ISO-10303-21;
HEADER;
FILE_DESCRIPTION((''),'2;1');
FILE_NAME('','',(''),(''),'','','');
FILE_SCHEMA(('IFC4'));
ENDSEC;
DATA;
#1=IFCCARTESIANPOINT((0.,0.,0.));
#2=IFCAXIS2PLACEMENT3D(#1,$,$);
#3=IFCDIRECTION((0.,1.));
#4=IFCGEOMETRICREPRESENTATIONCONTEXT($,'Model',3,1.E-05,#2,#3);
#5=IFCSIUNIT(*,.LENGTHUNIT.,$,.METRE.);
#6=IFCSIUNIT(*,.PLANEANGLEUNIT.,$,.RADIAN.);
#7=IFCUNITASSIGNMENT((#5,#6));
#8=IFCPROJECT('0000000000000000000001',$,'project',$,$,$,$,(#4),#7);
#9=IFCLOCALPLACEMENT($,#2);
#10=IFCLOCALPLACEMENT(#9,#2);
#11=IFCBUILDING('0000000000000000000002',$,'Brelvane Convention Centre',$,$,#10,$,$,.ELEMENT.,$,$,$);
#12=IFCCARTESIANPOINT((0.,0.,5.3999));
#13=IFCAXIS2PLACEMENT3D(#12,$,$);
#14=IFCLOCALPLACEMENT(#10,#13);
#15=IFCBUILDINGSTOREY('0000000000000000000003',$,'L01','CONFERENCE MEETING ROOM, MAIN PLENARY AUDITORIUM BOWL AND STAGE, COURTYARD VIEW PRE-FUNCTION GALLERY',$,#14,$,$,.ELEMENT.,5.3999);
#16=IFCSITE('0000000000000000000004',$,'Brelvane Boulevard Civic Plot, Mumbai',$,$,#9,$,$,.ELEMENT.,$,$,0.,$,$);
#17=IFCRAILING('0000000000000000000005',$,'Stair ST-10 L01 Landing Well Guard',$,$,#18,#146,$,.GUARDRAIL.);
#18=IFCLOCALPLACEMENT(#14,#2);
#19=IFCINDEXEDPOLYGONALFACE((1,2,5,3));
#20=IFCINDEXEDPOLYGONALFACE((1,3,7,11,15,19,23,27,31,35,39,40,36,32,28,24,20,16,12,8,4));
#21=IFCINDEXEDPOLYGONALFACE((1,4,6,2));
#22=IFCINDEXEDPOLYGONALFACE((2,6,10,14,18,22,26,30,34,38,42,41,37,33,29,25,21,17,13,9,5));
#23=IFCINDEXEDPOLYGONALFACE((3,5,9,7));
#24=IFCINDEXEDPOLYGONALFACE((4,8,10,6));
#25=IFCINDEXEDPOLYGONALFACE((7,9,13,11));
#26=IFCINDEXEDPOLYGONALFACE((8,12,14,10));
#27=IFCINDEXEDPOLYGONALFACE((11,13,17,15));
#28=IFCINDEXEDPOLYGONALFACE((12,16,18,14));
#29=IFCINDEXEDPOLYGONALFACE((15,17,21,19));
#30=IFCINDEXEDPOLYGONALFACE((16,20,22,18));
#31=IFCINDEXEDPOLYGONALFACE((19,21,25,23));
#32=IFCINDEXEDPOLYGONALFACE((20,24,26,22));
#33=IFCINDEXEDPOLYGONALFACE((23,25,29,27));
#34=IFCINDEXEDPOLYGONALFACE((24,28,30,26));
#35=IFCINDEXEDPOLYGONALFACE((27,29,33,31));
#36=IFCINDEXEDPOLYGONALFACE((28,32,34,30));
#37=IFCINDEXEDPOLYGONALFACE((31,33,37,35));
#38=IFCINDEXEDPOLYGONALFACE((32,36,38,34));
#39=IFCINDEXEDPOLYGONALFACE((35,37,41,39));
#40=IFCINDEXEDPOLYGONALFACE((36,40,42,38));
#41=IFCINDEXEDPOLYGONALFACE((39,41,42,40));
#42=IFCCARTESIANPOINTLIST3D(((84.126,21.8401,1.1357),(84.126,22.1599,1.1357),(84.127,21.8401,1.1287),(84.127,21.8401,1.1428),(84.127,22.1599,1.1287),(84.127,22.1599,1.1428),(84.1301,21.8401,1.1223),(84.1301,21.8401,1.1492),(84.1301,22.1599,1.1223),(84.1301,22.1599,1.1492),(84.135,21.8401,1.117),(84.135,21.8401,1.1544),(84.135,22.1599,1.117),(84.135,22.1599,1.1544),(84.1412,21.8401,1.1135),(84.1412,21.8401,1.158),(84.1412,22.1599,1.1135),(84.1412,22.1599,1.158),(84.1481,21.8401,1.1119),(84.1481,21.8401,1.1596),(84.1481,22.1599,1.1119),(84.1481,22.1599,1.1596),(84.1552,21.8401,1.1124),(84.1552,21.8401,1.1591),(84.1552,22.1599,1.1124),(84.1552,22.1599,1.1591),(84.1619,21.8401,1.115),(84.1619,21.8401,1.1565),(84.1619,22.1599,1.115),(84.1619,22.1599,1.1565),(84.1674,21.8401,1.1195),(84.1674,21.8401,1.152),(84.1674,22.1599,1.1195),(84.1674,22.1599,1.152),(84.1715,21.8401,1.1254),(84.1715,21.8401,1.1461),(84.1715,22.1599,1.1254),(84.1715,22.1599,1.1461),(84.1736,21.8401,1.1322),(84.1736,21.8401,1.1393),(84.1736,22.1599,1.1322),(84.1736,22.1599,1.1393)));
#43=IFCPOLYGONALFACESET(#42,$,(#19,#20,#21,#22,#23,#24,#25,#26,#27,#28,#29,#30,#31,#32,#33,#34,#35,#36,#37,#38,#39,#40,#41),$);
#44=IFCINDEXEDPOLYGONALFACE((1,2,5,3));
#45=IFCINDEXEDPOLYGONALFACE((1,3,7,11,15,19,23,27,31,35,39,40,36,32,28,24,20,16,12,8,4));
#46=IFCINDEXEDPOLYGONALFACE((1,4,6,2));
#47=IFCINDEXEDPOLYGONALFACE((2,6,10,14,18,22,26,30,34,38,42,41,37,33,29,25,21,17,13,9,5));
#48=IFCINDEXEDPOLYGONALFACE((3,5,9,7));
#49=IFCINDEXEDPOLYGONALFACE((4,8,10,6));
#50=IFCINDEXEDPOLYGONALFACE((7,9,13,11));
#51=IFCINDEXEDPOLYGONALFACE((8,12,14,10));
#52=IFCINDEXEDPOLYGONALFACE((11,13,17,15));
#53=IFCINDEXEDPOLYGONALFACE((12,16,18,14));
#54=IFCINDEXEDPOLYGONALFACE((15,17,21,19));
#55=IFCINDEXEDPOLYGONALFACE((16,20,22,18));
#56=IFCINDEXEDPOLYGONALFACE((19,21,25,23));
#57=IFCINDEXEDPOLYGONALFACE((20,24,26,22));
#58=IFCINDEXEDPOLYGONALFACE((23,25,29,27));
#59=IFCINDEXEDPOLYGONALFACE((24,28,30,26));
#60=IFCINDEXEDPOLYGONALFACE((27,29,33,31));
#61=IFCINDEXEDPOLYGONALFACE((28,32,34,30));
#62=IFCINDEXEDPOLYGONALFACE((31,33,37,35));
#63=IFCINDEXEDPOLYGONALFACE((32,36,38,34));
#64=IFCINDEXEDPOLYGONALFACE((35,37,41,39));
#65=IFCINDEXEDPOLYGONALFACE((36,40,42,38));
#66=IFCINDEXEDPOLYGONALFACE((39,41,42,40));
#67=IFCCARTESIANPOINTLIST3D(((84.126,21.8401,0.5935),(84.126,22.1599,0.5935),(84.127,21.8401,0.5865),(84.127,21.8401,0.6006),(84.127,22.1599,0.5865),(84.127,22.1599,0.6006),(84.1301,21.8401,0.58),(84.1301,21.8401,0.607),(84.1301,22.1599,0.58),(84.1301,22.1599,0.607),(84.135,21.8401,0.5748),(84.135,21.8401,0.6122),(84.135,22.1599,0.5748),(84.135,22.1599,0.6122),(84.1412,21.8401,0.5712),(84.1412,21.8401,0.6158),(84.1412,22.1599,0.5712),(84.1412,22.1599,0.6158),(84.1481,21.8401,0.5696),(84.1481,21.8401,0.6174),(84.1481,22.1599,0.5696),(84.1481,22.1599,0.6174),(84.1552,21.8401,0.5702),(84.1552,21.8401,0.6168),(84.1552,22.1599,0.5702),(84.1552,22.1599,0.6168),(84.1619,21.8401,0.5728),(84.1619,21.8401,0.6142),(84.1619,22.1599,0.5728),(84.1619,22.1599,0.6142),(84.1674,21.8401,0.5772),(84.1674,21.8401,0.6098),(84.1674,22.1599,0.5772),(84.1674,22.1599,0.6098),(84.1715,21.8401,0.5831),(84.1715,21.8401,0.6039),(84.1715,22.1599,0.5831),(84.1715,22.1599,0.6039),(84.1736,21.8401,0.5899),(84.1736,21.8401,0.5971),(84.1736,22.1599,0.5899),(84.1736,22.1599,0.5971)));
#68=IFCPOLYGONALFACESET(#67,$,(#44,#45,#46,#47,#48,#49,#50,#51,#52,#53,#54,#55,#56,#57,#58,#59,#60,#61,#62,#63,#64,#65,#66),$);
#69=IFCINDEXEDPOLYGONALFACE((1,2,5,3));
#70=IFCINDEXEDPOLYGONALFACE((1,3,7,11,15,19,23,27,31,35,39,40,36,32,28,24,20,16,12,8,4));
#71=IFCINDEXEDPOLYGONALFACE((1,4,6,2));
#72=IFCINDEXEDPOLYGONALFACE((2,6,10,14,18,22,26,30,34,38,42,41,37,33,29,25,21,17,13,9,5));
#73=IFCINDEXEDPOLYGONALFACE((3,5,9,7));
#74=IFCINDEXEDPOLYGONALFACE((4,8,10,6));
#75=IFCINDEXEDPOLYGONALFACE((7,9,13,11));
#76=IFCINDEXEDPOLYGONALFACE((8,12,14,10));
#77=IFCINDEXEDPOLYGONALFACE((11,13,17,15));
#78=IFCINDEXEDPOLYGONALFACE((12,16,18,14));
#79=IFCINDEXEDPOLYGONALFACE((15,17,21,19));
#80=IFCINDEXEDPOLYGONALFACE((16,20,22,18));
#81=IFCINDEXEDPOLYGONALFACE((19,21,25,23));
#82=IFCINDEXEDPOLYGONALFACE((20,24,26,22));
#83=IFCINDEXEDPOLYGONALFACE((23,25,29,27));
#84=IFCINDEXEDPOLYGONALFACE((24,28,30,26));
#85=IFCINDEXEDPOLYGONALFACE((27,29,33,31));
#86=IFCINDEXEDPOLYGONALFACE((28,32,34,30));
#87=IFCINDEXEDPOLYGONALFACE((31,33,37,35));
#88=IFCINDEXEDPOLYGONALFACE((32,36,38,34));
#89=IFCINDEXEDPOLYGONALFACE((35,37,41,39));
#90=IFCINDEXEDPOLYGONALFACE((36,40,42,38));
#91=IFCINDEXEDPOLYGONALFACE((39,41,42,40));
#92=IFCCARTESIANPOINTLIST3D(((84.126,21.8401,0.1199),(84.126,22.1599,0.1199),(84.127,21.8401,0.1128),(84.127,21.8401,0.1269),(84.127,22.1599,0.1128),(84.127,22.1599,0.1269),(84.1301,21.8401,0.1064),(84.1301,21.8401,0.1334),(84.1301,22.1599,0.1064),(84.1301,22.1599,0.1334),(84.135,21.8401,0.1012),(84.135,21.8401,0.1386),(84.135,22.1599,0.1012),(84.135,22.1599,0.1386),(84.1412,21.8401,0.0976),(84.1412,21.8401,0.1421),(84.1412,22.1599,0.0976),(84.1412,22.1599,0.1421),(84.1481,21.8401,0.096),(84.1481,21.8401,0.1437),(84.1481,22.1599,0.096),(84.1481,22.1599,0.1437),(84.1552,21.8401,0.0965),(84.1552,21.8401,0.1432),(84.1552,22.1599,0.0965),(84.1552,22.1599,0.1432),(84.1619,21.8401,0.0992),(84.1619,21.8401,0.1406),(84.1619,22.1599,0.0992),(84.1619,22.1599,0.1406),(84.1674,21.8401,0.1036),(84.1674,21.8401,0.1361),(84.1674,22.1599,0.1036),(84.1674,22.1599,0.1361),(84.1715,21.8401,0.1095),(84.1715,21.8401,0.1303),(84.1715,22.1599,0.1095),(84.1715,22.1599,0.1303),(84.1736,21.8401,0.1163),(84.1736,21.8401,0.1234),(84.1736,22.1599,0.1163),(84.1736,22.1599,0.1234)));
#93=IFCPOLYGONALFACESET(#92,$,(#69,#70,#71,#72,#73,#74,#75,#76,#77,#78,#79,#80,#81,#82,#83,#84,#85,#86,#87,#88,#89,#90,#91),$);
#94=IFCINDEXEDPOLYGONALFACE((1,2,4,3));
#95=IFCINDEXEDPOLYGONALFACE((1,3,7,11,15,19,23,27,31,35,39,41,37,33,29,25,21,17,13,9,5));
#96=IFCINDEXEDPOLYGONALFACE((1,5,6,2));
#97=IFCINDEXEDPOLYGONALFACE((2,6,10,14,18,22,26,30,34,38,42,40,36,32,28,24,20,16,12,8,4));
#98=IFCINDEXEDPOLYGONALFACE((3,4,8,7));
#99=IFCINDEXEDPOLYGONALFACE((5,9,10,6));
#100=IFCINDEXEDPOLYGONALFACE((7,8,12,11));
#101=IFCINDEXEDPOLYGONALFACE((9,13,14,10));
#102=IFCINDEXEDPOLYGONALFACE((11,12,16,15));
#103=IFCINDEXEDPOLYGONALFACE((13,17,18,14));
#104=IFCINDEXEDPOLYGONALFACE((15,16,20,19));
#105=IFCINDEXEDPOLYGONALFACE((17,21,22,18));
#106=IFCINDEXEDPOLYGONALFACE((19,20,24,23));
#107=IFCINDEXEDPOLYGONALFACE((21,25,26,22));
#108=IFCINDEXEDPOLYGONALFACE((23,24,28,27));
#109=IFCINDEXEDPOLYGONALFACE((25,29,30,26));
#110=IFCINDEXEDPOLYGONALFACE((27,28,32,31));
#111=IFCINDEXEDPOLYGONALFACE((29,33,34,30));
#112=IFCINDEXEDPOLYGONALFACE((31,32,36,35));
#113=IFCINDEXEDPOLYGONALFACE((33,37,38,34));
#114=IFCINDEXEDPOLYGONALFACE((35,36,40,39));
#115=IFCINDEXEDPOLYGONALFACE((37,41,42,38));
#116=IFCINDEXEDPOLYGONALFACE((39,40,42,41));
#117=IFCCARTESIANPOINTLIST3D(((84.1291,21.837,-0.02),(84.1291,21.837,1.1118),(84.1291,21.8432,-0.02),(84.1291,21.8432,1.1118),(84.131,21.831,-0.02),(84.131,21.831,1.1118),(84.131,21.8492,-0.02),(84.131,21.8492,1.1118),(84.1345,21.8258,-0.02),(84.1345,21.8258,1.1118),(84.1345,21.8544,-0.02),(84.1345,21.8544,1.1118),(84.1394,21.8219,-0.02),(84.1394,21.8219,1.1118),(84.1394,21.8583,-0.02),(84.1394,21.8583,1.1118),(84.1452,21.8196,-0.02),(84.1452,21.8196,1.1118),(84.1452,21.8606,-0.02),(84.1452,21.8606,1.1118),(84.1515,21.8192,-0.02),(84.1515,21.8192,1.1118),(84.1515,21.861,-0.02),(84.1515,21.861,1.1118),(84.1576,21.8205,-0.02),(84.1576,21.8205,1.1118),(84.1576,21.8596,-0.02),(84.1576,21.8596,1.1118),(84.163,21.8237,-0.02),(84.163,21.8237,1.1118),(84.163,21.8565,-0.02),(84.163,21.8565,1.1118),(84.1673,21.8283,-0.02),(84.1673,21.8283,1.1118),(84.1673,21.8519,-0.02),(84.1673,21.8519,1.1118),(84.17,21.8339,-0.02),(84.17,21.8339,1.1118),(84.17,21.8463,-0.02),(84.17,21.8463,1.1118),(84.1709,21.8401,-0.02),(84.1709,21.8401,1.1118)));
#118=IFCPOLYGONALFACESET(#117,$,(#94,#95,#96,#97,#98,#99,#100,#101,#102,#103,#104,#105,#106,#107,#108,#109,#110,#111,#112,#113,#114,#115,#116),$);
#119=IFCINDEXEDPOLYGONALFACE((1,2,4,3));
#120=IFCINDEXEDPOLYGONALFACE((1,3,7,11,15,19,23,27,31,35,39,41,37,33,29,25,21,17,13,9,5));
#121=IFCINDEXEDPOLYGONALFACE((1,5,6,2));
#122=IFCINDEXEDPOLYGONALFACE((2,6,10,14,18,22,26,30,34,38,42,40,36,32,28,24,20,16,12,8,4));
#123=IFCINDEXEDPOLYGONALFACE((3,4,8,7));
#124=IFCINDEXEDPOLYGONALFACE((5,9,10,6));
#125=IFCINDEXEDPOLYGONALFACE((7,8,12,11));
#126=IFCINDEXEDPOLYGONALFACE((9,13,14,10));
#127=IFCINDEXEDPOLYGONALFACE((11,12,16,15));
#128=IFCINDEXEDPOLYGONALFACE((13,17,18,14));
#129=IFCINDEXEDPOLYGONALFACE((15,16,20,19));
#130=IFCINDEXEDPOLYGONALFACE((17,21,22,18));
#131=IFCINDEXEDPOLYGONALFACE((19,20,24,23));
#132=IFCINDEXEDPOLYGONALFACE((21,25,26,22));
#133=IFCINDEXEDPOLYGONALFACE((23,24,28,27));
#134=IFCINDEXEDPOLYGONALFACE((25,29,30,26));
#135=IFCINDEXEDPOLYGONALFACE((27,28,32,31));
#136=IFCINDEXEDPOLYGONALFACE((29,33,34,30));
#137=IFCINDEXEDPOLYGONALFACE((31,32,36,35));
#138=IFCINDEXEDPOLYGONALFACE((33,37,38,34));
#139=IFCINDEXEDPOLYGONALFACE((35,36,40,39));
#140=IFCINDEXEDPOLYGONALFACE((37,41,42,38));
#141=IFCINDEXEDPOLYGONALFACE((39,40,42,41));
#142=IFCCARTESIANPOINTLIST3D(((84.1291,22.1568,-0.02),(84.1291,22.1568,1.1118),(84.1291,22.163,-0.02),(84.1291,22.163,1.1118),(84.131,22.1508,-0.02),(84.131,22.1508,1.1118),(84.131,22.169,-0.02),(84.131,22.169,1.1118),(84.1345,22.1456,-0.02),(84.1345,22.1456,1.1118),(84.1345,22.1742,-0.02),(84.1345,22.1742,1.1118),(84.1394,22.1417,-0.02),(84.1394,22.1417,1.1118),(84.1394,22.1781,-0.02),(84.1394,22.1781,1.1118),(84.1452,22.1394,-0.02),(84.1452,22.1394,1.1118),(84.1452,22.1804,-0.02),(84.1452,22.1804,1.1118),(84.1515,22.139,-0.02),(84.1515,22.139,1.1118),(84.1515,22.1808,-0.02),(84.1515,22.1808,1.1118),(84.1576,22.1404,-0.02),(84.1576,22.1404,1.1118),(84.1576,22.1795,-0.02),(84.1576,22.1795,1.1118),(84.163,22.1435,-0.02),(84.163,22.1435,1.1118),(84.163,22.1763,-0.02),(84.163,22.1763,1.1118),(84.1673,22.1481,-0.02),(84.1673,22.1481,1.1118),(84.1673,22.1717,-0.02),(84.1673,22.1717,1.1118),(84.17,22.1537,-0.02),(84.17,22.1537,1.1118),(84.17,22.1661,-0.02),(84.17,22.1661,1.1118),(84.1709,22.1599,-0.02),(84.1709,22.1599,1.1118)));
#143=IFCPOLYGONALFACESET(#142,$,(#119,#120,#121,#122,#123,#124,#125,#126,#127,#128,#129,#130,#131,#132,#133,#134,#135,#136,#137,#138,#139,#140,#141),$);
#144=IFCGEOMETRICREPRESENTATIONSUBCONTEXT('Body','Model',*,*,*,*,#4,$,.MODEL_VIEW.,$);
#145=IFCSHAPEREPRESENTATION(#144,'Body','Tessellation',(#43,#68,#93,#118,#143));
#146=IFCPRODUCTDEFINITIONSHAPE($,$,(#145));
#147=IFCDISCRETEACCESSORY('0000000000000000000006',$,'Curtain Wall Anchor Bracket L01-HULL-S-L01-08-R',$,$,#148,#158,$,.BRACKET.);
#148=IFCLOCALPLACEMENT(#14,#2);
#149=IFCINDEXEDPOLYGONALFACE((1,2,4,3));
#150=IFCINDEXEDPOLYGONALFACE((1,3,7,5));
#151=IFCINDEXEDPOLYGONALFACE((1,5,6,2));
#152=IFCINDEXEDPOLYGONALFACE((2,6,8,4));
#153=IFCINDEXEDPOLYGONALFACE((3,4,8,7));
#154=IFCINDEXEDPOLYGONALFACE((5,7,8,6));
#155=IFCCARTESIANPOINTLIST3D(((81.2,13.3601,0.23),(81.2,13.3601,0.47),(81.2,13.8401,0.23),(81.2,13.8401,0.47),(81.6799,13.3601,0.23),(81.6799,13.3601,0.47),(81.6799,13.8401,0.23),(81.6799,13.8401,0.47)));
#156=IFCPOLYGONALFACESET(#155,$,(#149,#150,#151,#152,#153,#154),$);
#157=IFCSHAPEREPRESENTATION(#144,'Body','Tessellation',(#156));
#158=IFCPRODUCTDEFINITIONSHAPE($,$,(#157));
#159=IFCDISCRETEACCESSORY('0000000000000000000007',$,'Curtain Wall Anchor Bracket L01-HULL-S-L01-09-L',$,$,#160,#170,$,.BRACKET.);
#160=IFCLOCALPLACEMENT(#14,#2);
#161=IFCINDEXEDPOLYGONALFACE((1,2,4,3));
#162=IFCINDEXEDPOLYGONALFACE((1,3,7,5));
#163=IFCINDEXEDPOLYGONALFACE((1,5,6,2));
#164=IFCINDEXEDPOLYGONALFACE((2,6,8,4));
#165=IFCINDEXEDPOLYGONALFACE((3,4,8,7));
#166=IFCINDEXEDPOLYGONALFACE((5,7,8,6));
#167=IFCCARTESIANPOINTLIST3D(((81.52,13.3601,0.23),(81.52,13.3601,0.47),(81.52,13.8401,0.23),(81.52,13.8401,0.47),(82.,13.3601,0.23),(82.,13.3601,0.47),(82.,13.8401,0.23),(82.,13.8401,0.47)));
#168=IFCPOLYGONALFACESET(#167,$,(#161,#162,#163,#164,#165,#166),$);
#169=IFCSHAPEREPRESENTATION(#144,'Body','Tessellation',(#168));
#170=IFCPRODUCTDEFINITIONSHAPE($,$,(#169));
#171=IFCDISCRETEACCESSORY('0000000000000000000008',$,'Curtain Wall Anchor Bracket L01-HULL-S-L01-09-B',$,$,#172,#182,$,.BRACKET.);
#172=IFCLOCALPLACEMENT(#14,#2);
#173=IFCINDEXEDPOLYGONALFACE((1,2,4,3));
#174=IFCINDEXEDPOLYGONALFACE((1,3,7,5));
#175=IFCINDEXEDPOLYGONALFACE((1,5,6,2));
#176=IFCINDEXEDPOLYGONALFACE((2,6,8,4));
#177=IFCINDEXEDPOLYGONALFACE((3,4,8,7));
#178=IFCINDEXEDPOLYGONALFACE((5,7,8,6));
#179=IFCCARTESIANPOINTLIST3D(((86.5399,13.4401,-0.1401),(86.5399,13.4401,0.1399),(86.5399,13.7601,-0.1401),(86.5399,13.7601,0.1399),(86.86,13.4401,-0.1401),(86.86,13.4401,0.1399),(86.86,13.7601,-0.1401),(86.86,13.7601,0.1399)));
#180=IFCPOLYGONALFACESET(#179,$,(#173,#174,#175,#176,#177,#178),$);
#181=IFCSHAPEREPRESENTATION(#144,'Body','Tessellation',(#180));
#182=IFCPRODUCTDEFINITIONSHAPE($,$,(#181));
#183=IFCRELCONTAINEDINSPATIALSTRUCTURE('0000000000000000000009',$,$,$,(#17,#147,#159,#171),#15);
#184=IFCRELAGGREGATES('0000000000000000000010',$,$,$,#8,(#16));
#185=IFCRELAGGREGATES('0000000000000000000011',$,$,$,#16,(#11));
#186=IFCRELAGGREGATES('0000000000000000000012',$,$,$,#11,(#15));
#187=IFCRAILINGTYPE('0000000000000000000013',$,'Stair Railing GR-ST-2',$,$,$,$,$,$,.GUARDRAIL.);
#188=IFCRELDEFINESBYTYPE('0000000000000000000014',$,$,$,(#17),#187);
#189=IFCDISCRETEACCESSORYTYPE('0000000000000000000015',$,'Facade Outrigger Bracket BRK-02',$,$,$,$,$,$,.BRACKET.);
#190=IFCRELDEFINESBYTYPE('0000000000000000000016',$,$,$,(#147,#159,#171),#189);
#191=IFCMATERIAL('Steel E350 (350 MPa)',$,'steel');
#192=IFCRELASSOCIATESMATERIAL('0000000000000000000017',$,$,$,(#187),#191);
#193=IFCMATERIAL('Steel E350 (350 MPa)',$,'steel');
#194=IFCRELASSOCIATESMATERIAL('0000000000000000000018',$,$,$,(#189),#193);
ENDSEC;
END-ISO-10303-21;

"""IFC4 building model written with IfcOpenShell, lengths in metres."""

from ifc_helpers import new_model, si_unit, direction, frame, origin, origin_2d, place, context, subcontext, project, spatial, rectangle, circle, extrude, material, type_object, element, save


model = new_model("IFC4")

# Units and contexts
model_context = context("Model", 3, precision=1e-05, world=origin(), true_north=direction((0.0, 1.0)))
body_context = subcontext(model_context, "Body", "Model", "MODEL_VIEW")
ifc_project = project(units=[si_unit("LENGTHUNIT", "METRE"), si_unit("PLANEANGLEUNIT", "RADIAN")], contexts=[model_context])

# Site, building, storey
site_placement = place(None, origin())
site = spatial("IfcSite", under=ifc_project, at=site_placement, Name="Brelvane Boulevard Civic Plot, Mumbai", CompositionType="ELEMENT", RefElevation=0.0)
building_placement = place(site_placement, origin())
building = spatial("IfcBuilding", under=site, at=building_placement, Name="Brelvane Convention Centre", CompositionType="ELEMENT")
storey_placement = place(building_placement, frame((0.0, 0.0, 5.3999)))
storey = spatial("IfcBuildingStorey", under=building, at=storey_placement, Name="L01", Description="CONFERENCE MEETING ROOM, MAIN PLENARY AUDITORIUM BOWL AND STAGE, COURTYARD VIEW PRE-FUNCTION GALLERY", CompositionType="ELEMENT", Elevation=5.3999)

# Railing
ifc_material_1 = material(Name="Steel E350 (350 MPa)", Category="steel")
railing_type_1 = type_object("IfcRailingType", Name="Stair Railing GR-ST-2", PredefinedType="GUARDRAIL", material=ifc_material_1)
railing_1_placement = place(storey_placement, frame((84.1499, 21.8401, -0.02)))
element("IfcRailing", 1, at=railing_1_placement, inside=storey, type_object=railing_type_1, Name="Stair ST-10 L01 Landing Well Guard", PredefinedType="GUARDRAIL", context=body_context, shape_type="SweptSolid", body=[
    extrude(circle(Radius=0.0239, at=origin_2d()), frame((0.0, 0.0, 1.1558), z_axis=(0.0, 1.0, 0.0), x_axis=(-1.0, 0.0, 0.0)), (0.0, 0.0, 1.0), 0.3198),
    extrude(circle(Radius=0.0239, at=origin_2d()), frame((0.0, 0.0, 0.6135), z_axis=(0.0, 1.0, 0.0), x_axis=(-1.0, 0.0, 0.0)), (0.0, 0.0, 1.0), 0.3198),
    extrude(circle(Radius=0.0239, at=origin_2d()), frame((0.0, 0.0, 0.1399), z_axis=(0.0, 1.0, 0.0), x_axis=(-1.0, 0.0, 0.0)), (0.0, 0.0, 1.0), 0.3198),
    extrude(circle(Radius=0.021, at=origin_2d()), origin(), (0.0, 0.0, 1.0), 1.1318),
    extrude(circle(Radius=0.021, at=origin_2d()), frame((0.0, 0.3198, 0.0)), (0.0, 0.0, 1.0), 1.1318),
])

# Discrete accessories
ifc_material_2 = material(Name="Steel E350 (350 MPa)", Category="steel")
discrete_accessory_type = type_object("IfcDiscreteAccessoryType", Name="Facade Outrigger Bracket BRK-02", PredefinedType="BRACKET", material=ifc_material_2)
for number, where, z_axis, x_axis, name in (
    (2, (81.4399, 13.6001, 0.23), (0.0, 0.0, 1.0), (1.0, 0.0, 0.0), "Curtain Wall Anchor Bracket L01-HULL-S-L01-08-R"),
    (3, (81.76, 13.6001, 0.23), (0.0, 0.0, 1.0), (1.0, 0.0, 0.0), "Curtain Wall Anchor Bracket L01-HULL-S-L01-09-L"),
):
    element("IfcDiscreteAccessory", number, at=place(storey_placement, frame(where, z_axis=z_axis, x_axis=x_axis)), inside=storey, type_object=discrete_accessory_type, Name=name, PredefinedType="BRACKET", context=body_context, shape_type="SweptSolid", body=[
        extrude(rectangle(XDim=0.48, YDim=0.48, at=origin_2d()), origin(), (0.0, 0.0, 1.0), 0.24),
    ])
discrete_accessory_placement = place(storey_placement, frame((86.7, 13.6001, -0.1401), z_axis=(0.0, 0.0, 1.0), x_axis=(1.0, 0.0, 0.0)))
element("IfcDiscreteAccessory", 4, at=discrete_accessory_placement, inside=storey, type_object=discrete_accessory_type, Name="Curtain Wall Anchor Bracket L01-HULL-S-L01-09-B", PredefinedType="BRACKET", context=body_context, shape_type="SweptSolid", body=[
    extrude(rectangle(XDim=0.3201, YDim=0.3201, at=origin_2d()), origin(), (0.0, 0.0, 1.0), 0.28),
])

save(model, "model.ifc")
